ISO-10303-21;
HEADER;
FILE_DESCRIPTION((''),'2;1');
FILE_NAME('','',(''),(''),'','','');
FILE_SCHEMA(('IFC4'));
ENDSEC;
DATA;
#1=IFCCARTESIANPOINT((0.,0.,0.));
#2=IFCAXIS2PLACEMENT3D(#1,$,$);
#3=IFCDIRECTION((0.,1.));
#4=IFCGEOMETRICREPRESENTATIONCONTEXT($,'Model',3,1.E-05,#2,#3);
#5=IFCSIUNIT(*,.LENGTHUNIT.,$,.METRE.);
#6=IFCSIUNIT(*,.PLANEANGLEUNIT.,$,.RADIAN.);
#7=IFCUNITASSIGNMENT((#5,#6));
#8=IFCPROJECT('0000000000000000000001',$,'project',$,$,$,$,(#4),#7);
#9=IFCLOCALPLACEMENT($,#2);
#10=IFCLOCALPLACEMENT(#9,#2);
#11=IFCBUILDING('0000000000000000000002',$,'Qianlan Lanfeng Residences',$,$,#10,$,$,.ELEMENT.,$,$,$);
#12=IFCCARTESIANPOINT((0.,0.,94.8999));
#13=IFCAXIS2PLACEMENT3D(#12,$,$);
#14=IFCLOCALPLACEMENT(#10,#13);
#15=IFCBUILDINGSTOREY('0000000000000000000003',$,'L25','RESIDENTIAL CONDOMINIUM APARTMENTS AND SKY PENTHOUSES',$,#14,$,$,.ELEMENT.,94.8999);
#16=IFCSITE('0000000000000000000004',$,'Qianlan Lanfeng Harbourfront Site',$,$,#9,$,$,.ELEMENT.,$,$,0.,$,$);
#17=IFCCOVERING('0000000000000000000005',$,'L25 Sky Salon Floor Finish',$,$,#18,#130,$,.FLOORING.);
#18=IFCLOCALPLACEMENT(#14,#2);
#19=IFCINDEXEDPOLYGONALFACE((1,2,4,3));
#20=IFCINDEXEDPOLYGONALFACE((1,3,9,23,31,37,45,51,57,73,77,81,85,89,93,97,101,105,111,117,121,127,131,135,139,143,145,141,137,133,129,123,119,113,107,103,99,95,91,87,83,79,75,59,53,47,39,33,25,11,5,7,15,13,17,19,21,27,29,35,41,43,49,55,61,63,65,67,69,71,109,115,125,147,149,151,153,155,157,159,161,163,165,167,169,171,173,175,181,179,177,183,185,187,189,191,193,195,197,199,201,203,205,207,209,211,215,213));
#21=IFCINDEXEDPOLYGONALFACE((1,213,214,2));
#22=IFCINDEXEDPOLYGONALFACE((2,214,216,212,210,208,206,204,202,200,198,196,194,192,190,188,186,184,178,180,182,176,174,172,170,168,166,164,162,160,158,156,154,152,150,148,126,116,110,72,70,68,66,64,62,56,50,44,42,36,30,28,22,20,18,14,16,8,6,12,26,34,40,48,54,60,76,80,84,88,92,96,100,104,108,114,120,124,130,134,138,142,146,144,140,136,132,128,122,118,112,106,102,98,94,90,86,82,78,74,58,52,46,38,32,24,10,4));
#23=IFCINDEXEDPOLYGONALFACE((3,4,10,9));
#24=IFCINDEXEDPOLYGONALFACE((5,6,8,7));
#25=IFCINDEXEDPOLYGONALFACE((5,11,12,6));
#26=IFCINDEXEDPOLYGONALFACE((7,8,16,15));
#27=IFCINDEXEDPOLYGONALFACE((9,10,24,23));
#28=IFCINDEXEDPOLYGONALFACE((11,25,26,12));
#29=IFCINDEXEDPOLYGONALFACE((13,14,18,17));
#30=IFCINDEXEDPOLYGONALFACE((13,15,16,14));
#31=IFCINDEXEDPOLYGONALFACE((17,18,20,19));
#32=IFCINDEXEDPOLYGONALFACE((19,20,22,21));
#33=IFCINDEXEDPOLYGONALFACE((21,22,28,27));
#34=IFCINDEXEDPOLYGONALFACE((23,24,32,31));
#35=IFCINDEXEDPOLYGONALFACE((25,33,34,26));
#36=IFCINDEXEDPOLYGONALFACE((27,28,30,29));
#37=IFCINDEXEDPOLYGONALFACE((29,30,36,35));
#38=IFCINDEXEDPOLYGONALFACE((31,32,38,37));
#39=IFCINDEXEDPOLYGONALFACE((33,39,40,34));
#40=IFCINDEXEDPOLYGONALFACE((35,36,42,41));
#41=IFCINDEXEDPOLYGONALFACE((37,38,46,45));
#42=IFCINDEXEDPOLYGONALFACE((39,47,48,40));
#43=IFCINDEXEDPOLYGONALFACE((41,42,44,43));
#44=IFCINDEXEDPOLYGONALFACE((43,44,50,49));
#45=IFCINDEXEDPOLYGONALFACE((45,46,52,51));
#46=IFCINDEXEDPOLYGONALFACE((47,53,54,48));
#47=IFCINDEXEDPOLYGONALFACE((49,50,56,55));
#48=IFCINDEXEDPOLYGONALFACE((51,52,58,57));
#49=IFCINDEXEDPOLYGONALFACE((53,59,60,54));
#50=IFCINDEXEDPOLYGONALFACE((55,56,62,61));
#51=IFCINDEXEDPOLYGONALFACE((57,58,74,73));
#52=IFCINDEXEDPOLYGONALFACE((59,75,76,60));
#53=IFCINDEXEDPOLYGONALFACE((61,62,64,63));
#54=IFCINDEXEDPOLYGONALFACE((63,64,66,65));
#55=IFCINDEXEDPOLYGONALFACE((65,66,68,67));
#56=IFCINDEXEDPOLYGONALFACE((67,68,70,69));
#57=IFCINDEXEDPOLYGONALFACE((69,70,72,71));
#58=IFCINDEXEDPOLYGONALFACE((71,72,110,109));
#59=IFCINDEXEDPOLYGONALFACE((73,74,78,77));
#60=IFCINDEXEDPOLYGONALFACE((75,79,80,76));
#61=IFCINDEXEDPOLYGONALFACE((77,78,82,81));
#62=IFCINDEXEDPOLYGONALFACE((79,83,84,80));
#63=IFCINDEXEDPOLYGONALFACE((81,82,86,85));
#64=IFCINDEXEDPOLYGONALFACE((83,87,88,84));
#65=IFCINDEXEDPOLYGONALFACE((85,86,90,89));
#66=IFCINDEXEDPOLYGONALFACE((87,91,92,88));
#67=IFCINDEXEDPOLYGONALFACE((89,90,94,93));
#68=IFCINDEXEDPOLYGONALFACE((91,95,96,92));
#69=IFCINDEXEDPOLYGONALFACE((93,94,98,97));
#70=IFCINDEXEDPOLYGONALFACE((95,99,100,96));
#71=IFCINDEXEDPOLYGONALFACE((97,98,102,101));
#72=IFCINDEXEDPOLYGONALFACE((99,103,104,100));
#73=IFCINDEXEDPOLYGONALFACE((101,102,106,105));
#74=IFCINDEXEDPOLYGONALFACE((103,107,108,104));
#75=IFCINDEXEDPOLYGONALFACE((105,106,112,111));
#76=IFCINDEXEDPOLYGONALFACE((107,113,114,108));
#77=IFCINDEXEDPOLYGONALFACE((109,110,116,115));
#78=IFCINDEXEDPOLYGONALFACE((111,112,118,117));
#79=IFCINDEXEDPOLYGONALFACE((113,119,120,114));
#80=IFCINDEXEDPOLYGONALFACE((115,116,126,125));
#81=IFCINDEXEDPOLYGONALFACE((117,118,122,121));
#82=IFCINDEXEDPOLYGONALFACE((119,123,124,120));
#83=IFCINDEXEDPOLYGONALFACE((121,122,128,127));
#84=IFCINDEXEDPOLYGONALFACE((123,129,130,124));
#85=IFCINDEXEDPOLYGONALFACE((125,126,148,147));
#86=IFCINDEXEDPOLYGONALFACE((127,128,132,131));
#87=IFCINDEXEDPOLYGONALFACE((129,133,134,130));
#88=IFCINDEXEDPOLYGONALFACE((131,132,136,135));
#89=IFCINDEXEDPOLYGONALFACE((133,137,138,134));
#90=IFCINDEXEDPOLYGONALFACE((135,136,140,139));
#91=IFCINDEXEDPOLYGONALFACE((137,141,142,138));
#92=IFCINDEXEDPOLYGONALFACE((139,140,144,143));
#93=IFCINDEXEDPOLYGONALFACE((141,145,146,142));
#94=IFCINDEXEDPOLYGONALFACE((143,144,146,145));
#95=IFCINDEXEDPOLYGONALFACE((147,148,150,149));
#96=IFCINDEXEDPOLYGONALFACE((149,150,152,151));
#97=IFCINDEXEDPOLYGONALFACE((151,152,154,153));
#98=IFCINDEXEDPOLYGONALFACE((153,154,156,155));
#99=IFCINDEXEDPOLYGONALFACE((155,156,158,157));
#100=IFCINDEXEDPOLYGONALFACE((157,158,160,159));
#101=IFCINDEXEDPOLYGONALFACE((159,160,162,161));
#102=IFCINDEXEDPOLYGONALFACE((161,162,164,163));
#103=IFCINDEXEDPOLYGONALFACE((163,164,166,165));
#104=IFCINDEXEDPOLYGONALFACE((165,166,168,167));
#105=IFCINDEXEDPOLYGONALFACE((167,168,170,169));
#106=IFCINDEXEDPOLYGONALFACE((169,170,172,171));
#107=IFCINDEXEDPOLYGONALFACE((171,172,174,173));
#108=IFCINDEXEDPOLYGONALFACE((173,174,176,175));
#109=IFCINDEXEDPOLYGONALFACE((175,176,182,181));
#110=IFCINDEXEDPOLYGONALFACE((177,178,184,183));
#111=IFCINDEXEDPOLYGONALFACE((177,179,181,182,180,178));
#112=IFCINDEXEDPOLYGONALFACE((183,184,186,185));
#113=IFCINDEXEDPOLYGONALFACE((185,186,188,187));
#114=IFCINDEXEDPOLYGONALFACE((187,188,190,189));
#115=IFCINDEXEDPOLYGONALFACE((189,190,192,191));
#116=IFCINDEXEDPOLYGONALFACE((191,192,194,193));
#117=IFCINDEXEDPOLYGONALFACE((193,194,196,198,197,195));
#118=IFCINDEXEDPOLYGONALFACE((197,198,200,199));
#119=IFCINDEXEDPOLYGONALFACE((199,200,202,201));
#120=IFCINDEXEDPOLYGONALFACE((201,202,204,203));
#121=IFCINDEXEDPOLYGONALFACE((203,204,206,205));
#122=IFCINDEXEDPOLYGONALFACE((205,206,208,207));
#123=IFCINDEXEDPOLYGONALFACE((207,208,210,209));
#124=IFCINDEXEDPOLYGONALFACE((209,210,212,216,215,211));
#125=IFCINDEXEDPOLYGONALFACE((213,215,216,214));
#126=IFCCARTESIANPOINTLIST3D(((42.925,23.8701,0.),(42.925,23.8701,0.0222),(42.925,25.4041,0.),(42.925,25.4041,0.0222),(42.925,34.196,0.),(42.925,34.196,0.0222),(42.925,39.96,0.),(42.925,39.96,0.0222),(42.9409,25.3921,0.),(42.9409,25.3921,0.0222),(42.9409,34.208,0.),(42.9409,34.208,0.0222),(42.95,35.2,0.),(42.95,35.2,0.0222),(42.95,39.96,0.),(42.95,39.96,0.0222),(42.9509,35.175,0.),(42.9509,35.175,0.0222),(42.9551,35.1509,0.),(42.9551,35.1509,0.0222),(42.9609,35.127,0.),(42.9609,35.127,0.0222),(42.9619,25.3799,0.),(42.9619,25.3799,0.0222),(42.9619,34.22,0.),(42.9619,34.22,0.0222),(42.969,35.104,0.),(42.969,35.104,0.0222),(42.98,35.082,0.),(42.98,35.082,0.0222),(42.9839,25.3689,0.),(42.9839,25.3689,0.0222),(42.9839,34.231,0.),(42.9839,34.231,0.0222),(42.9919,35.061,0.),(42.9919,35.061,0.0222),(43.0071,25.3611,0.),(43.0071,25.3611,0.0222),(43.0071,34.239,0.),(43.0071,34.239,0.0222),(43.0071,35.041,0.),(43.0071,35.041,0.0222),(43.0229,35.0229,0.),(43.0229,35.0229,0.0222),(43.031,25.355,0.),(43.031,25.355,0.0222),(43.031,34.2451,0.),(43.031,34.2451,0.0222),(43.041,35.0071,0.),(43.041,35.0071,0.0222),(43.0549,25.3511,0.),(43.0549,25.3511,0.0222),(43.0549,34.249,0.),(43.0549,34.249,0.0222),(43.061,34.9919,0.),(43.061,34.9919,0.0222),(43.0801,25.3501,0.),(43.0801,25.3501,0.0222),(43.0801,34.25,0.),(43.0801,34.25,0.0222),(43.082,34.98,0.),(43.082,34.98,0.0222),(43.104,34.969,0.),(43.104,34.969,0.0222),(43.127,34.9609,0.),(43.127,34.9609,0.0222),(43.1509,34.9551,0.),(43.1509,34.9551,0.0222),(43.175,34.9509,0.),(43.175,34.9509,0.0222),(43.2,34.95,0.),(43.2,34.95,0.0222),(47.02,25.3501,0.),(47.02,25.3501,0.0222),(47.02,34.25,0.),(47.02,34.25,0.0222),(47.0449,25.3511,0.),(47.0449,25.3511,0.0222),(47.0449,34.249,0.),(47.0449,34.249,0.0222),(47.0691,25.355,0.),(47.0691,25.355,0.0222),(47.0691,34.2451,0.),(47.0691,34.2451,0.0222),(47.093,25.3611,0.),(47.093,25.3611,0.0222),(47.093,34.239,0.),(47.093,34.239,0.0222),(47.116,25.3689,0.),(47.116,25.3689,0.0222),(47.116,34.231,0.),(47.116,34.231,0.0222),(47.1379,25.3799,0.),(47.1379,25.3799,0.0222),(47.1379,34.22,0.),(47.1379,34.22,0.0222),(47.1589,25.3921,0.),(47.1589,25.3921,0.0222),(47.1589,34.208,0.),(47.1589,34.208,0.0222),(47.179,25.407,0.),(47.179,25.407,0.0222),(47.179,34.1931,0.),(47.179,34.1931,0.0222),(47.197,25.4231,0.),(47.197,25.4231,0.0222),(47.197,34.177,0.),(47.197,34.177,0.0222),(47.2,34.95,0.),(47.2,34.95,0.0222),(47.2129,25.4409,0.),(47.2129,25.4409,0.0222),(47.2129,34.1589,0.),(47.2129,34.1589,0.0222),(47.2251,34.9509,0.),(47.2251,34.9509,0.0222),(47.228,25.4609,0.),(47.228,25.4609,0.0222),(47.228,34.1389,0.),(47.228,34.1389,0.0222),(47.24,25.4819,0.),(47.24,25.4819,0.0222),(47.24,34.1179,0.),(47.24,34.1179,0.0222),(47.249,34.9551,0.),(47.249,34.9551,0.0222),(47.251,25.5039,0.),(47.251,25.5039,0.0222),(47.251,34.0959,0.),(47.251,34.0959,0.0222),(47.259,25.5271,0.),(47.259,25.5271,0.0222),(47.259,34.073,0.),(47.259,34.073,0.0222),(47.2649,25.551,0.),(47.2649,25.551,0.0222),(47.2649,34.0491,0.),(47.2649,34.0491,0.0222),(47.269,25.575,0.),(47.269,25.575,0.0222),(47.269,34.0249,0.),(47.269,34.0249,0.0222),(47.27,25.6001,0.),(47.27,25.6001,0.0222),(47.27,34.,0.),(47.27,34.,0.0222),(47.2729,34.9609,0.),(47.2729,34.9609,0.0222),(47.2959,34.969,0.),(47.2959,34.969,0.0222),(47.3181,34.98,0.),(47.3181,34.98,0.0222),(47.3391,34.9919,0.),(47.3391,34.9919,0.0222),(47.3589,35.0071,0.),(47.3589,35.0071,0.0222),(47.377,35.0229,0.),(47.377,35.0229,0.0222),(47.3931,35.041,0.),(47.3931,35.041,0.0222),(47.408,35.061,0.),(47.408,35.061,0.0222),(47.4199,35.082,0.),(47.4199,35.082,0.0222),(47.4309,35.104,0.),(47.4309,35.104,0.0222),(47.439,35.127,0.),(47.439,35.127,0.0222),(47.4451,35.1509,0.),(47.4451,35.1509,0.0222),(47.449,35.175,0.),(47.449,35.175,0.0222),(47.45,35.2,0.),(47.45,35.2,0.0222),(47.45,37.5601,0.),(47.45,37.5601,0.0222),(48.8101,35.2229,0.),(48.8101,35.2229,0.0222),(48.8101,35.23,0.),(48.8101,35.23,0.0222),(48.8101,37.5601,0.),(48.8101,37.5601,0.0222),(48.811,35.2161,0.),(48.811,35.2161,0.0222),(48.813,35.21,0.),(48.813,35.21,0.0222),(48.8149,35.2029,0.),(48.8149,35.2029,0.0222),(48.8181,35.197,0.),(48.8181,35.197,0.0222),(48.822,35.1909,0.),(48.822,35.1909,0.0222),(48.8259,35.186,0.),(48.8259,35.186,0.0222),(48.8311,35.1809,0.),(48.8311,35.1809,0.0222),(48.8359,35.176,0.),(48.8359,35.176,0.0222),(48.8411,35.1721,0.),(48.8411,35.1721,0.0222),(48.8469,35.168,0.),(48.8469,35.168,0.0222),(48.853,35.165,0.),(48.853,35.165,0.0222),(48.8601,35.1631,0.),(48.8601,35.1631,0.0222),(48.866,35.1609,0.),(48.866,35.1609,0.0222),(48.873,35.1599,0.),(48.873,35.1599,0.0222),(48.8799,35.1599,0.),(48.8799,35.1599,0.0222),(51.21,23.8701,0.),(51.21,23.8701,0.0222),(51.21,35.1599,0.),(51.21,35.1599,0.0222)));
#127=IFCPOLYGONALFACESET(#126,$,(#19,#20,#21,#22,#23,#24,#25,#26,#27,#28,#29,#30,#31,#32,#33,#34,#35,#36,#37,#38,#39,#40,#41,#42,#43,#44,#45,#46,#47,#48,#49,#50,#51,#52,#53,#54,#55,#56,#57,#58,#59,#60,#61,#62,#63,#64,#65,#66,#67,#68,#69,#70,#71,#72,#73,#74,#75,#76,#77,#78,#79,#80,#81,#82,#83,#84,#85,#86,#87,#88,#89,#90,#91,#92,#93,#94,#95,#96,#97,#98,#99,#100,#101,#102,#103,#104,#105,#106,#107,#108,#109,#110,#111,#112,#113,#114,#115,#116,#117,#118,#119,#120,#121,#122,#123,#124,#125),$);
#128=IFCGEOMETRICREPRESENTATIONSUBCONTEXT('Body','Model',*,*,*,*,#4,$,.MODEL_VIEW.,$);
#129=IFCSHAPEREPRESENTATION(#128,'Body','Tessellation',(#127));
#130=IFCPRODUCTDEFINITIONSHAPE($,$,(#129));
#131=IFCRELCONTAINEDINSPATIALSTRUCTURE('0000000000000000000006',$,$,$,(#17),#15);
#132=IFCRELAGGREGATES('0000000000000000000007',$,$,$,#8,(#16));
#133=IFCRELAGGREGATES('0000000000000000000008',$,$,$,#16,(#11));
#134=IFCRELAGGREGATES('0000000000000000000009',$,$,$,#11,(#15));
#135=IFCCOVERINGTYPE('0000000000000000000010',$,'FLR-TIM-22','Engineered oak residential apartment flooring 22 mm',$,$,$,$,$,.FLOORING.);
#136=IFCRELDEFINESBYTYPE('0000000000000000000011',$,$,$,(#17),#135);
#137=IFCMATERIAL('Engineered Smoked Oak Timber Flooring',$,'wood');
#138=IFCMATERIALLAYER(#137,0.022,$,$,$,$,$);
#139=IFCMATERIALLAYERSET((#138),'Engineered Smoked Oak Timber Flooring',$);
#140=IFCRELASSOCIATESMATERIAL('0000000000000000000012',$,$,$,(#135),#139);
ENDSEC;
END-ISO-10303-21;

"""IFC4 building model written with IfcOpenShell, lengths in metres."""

from ifc_helpers import new_model, si_unit, direction, frame, origin, place, context, subcontext, project, spatial, polyline, outline, extrude, material, layer, layer_set, type_object, element, save


model = new_model("IFC4")

# Units and contexts
model_context = context("Model", 3, precision=1e-05, world=origin(), true_north=direction((0.0, 1.0)))
body_context = subcontext(model_context, "Body", "Model", "MODEL_VIEW")
ifc_project = project(units=[si_unit("LENGTHUNIT", "METRE"), si_unit("PLANEANGLEUNIT", "RADIAN")], contexts=[model_context])

# Site, building, storey
site_placement = place(None, origin())
site = spatial("IfcSite", under=ifc_project, at=site_placement, Name="Qianlan Lanfeng Harbourfront Site", CompositionType="ELEMENT", RefElevation=0.0)
building_placement = place(site_placement, origin())
building = spatial("IfcBuilding", under=site, at=building_placement, Name="Qianlan Lanfeng Residences", CompositionType="ELEMENT")
storey_placement = place(building_placement, frame((0.0, 0.0, 94.8999)))
storey = spatial("IfcBuildingStorey", under=building, at=storey_placement, Name="L25", Description="RESIDENTIAL CONDOMINIUM APARTMENTS AND SKY PENTHOUSES", CompositionType="ELEMENT", Elevation=94.8999)

# Covering
ifc_material_1 = material(Name="Engineered Smoked Oak Timber Flooring", Category="wood")
ifc_layer_1 = layer(ifc_material_1, 0.022)
ifc_layer_set_1 = layer_set([ifc_layer_1], Name="Engineered Smoked Oak Timber Flooring")
covering_type_1 = type_object("IfcCoveringType", Name="FLR-TIM-22", Description="Engineered oak residential apartment flooring 22 mm", PredefinedType="FLOORING", material=ifc_layer_set_1)
covering_1_placement = place(storey_placement, origin())
element("IfcCovering", 1, at=covering_1_placement, inside=storey, type_object=covering_type_1, Name="L25 Sky Salon Floor Finish", PredefinedType="FLOORING", context=body_context, shape_type="SweptSolid", body=[
    extrude(outline(polyline([(42.925, 23.8701), (51.21, 23.8701), (51.21, 35.1599), (48.8799, 35.1599), (48.873, 35.1599), (48.866, 35.1609), (48.8601, 35.1631), (48.853, 35.165), (48.8469, 35.168), (48.8411, 35.1721), (48.8359, 35.176), (48.8311, 35.1809), (48.8259, 35.186), (48.822, 35.1909), (48.8181, 35.197), (48.8149, 35.2029), (48.813, 35.21), (48.811, 35.2161), (48.8101, 35.2229), (48.8101, 35.23), (48.8101, 37.5601), (47.45, 37.5601), (47.45, 35.2), (47.449, 35.175), (47.4451, 35.1509), (47.439, 35.127), (47.4309, 35.104), (47.4199, 35.082), (47.408, 35.061), (47.3931, 35.041), (47.377, 35.0229), (47.3589, 35.0071), (47.3391, 34.9919), (47.3181, 34.98), (47.2959, 34.969), (47.2729, 34.9609), (47.249, 34.9551), (47.2251, 34.9509), (47.2, 34.95), (43.2, 34.95), (43.175, 34.9509), (43.1509, 34.9551), (43.127, 34.9609), (43.104, 34.969), (43.082, 34.98), (43.061, 34.9919), (43.041, 35.0071), (43.0229, 35.0229), (43.0071, 35.041), (42.9919, 35.061), (42.98, 35.082), (42.969, 35.104), (42.9609, 35.127), (42.9551, 35.1509), (42.9509, 35.175), (42.95, 35.2), (42.95, 39.96), (42.925, 39.96), (42.925, 34.196), (42.9409, 34.208), (42.9619, 34.22), (42.9839, 34.231), (43.0071, 34.239), (43.031, 34.2451), (43.0549, 34.249), (43.0801, 34.25), (47.02, 34.25), (47.0449, 34.249), (47.0691, 34.2451), (47.093, 34.239), (47.116, 34.231), (47.1379, 34.22), (47.1589, 34.208), (47.179, 34.1931), (47.197, 34.177), (47.2129, 34.1589), (47.228, 34.1389), (47.24, 34.1179), (47.251, 34.0959), (47.259, 34.073), (47.2649, 34.0491), (47.269, 34.0249), (47.27, 34.0), (47.27, 25.6001), (47.269, 25.575), (47.2649, 25.551), (47.259, 25.5271), (47.251, 25.5039), (47.24, 25.4819), (47.228, 25.4609), (47.2129, 25.4409), (47.197, 25.4231), (47.179, 25.407), (47.1589, 25.3921), (47.1379, 25.3799), (47.116, 25.3689), (47.093, 25.3611), (47.0691, 25.355), (47.0449, 25.3511), (47.02, 25.3501), (43.0801, 25.3501), (43.0549, 25.3511), (43.031, 25.355), (43.0071, 25.3611), (42.9839, 25.3689), (42.9619, 25.3799), (42.9409, 25.3921), (42.925, 25.4041), (42.925, 23.8701)])), origin(), (0.0, 0.0, 1.0), 0.0222),
])

save(model, "model.ifc")
